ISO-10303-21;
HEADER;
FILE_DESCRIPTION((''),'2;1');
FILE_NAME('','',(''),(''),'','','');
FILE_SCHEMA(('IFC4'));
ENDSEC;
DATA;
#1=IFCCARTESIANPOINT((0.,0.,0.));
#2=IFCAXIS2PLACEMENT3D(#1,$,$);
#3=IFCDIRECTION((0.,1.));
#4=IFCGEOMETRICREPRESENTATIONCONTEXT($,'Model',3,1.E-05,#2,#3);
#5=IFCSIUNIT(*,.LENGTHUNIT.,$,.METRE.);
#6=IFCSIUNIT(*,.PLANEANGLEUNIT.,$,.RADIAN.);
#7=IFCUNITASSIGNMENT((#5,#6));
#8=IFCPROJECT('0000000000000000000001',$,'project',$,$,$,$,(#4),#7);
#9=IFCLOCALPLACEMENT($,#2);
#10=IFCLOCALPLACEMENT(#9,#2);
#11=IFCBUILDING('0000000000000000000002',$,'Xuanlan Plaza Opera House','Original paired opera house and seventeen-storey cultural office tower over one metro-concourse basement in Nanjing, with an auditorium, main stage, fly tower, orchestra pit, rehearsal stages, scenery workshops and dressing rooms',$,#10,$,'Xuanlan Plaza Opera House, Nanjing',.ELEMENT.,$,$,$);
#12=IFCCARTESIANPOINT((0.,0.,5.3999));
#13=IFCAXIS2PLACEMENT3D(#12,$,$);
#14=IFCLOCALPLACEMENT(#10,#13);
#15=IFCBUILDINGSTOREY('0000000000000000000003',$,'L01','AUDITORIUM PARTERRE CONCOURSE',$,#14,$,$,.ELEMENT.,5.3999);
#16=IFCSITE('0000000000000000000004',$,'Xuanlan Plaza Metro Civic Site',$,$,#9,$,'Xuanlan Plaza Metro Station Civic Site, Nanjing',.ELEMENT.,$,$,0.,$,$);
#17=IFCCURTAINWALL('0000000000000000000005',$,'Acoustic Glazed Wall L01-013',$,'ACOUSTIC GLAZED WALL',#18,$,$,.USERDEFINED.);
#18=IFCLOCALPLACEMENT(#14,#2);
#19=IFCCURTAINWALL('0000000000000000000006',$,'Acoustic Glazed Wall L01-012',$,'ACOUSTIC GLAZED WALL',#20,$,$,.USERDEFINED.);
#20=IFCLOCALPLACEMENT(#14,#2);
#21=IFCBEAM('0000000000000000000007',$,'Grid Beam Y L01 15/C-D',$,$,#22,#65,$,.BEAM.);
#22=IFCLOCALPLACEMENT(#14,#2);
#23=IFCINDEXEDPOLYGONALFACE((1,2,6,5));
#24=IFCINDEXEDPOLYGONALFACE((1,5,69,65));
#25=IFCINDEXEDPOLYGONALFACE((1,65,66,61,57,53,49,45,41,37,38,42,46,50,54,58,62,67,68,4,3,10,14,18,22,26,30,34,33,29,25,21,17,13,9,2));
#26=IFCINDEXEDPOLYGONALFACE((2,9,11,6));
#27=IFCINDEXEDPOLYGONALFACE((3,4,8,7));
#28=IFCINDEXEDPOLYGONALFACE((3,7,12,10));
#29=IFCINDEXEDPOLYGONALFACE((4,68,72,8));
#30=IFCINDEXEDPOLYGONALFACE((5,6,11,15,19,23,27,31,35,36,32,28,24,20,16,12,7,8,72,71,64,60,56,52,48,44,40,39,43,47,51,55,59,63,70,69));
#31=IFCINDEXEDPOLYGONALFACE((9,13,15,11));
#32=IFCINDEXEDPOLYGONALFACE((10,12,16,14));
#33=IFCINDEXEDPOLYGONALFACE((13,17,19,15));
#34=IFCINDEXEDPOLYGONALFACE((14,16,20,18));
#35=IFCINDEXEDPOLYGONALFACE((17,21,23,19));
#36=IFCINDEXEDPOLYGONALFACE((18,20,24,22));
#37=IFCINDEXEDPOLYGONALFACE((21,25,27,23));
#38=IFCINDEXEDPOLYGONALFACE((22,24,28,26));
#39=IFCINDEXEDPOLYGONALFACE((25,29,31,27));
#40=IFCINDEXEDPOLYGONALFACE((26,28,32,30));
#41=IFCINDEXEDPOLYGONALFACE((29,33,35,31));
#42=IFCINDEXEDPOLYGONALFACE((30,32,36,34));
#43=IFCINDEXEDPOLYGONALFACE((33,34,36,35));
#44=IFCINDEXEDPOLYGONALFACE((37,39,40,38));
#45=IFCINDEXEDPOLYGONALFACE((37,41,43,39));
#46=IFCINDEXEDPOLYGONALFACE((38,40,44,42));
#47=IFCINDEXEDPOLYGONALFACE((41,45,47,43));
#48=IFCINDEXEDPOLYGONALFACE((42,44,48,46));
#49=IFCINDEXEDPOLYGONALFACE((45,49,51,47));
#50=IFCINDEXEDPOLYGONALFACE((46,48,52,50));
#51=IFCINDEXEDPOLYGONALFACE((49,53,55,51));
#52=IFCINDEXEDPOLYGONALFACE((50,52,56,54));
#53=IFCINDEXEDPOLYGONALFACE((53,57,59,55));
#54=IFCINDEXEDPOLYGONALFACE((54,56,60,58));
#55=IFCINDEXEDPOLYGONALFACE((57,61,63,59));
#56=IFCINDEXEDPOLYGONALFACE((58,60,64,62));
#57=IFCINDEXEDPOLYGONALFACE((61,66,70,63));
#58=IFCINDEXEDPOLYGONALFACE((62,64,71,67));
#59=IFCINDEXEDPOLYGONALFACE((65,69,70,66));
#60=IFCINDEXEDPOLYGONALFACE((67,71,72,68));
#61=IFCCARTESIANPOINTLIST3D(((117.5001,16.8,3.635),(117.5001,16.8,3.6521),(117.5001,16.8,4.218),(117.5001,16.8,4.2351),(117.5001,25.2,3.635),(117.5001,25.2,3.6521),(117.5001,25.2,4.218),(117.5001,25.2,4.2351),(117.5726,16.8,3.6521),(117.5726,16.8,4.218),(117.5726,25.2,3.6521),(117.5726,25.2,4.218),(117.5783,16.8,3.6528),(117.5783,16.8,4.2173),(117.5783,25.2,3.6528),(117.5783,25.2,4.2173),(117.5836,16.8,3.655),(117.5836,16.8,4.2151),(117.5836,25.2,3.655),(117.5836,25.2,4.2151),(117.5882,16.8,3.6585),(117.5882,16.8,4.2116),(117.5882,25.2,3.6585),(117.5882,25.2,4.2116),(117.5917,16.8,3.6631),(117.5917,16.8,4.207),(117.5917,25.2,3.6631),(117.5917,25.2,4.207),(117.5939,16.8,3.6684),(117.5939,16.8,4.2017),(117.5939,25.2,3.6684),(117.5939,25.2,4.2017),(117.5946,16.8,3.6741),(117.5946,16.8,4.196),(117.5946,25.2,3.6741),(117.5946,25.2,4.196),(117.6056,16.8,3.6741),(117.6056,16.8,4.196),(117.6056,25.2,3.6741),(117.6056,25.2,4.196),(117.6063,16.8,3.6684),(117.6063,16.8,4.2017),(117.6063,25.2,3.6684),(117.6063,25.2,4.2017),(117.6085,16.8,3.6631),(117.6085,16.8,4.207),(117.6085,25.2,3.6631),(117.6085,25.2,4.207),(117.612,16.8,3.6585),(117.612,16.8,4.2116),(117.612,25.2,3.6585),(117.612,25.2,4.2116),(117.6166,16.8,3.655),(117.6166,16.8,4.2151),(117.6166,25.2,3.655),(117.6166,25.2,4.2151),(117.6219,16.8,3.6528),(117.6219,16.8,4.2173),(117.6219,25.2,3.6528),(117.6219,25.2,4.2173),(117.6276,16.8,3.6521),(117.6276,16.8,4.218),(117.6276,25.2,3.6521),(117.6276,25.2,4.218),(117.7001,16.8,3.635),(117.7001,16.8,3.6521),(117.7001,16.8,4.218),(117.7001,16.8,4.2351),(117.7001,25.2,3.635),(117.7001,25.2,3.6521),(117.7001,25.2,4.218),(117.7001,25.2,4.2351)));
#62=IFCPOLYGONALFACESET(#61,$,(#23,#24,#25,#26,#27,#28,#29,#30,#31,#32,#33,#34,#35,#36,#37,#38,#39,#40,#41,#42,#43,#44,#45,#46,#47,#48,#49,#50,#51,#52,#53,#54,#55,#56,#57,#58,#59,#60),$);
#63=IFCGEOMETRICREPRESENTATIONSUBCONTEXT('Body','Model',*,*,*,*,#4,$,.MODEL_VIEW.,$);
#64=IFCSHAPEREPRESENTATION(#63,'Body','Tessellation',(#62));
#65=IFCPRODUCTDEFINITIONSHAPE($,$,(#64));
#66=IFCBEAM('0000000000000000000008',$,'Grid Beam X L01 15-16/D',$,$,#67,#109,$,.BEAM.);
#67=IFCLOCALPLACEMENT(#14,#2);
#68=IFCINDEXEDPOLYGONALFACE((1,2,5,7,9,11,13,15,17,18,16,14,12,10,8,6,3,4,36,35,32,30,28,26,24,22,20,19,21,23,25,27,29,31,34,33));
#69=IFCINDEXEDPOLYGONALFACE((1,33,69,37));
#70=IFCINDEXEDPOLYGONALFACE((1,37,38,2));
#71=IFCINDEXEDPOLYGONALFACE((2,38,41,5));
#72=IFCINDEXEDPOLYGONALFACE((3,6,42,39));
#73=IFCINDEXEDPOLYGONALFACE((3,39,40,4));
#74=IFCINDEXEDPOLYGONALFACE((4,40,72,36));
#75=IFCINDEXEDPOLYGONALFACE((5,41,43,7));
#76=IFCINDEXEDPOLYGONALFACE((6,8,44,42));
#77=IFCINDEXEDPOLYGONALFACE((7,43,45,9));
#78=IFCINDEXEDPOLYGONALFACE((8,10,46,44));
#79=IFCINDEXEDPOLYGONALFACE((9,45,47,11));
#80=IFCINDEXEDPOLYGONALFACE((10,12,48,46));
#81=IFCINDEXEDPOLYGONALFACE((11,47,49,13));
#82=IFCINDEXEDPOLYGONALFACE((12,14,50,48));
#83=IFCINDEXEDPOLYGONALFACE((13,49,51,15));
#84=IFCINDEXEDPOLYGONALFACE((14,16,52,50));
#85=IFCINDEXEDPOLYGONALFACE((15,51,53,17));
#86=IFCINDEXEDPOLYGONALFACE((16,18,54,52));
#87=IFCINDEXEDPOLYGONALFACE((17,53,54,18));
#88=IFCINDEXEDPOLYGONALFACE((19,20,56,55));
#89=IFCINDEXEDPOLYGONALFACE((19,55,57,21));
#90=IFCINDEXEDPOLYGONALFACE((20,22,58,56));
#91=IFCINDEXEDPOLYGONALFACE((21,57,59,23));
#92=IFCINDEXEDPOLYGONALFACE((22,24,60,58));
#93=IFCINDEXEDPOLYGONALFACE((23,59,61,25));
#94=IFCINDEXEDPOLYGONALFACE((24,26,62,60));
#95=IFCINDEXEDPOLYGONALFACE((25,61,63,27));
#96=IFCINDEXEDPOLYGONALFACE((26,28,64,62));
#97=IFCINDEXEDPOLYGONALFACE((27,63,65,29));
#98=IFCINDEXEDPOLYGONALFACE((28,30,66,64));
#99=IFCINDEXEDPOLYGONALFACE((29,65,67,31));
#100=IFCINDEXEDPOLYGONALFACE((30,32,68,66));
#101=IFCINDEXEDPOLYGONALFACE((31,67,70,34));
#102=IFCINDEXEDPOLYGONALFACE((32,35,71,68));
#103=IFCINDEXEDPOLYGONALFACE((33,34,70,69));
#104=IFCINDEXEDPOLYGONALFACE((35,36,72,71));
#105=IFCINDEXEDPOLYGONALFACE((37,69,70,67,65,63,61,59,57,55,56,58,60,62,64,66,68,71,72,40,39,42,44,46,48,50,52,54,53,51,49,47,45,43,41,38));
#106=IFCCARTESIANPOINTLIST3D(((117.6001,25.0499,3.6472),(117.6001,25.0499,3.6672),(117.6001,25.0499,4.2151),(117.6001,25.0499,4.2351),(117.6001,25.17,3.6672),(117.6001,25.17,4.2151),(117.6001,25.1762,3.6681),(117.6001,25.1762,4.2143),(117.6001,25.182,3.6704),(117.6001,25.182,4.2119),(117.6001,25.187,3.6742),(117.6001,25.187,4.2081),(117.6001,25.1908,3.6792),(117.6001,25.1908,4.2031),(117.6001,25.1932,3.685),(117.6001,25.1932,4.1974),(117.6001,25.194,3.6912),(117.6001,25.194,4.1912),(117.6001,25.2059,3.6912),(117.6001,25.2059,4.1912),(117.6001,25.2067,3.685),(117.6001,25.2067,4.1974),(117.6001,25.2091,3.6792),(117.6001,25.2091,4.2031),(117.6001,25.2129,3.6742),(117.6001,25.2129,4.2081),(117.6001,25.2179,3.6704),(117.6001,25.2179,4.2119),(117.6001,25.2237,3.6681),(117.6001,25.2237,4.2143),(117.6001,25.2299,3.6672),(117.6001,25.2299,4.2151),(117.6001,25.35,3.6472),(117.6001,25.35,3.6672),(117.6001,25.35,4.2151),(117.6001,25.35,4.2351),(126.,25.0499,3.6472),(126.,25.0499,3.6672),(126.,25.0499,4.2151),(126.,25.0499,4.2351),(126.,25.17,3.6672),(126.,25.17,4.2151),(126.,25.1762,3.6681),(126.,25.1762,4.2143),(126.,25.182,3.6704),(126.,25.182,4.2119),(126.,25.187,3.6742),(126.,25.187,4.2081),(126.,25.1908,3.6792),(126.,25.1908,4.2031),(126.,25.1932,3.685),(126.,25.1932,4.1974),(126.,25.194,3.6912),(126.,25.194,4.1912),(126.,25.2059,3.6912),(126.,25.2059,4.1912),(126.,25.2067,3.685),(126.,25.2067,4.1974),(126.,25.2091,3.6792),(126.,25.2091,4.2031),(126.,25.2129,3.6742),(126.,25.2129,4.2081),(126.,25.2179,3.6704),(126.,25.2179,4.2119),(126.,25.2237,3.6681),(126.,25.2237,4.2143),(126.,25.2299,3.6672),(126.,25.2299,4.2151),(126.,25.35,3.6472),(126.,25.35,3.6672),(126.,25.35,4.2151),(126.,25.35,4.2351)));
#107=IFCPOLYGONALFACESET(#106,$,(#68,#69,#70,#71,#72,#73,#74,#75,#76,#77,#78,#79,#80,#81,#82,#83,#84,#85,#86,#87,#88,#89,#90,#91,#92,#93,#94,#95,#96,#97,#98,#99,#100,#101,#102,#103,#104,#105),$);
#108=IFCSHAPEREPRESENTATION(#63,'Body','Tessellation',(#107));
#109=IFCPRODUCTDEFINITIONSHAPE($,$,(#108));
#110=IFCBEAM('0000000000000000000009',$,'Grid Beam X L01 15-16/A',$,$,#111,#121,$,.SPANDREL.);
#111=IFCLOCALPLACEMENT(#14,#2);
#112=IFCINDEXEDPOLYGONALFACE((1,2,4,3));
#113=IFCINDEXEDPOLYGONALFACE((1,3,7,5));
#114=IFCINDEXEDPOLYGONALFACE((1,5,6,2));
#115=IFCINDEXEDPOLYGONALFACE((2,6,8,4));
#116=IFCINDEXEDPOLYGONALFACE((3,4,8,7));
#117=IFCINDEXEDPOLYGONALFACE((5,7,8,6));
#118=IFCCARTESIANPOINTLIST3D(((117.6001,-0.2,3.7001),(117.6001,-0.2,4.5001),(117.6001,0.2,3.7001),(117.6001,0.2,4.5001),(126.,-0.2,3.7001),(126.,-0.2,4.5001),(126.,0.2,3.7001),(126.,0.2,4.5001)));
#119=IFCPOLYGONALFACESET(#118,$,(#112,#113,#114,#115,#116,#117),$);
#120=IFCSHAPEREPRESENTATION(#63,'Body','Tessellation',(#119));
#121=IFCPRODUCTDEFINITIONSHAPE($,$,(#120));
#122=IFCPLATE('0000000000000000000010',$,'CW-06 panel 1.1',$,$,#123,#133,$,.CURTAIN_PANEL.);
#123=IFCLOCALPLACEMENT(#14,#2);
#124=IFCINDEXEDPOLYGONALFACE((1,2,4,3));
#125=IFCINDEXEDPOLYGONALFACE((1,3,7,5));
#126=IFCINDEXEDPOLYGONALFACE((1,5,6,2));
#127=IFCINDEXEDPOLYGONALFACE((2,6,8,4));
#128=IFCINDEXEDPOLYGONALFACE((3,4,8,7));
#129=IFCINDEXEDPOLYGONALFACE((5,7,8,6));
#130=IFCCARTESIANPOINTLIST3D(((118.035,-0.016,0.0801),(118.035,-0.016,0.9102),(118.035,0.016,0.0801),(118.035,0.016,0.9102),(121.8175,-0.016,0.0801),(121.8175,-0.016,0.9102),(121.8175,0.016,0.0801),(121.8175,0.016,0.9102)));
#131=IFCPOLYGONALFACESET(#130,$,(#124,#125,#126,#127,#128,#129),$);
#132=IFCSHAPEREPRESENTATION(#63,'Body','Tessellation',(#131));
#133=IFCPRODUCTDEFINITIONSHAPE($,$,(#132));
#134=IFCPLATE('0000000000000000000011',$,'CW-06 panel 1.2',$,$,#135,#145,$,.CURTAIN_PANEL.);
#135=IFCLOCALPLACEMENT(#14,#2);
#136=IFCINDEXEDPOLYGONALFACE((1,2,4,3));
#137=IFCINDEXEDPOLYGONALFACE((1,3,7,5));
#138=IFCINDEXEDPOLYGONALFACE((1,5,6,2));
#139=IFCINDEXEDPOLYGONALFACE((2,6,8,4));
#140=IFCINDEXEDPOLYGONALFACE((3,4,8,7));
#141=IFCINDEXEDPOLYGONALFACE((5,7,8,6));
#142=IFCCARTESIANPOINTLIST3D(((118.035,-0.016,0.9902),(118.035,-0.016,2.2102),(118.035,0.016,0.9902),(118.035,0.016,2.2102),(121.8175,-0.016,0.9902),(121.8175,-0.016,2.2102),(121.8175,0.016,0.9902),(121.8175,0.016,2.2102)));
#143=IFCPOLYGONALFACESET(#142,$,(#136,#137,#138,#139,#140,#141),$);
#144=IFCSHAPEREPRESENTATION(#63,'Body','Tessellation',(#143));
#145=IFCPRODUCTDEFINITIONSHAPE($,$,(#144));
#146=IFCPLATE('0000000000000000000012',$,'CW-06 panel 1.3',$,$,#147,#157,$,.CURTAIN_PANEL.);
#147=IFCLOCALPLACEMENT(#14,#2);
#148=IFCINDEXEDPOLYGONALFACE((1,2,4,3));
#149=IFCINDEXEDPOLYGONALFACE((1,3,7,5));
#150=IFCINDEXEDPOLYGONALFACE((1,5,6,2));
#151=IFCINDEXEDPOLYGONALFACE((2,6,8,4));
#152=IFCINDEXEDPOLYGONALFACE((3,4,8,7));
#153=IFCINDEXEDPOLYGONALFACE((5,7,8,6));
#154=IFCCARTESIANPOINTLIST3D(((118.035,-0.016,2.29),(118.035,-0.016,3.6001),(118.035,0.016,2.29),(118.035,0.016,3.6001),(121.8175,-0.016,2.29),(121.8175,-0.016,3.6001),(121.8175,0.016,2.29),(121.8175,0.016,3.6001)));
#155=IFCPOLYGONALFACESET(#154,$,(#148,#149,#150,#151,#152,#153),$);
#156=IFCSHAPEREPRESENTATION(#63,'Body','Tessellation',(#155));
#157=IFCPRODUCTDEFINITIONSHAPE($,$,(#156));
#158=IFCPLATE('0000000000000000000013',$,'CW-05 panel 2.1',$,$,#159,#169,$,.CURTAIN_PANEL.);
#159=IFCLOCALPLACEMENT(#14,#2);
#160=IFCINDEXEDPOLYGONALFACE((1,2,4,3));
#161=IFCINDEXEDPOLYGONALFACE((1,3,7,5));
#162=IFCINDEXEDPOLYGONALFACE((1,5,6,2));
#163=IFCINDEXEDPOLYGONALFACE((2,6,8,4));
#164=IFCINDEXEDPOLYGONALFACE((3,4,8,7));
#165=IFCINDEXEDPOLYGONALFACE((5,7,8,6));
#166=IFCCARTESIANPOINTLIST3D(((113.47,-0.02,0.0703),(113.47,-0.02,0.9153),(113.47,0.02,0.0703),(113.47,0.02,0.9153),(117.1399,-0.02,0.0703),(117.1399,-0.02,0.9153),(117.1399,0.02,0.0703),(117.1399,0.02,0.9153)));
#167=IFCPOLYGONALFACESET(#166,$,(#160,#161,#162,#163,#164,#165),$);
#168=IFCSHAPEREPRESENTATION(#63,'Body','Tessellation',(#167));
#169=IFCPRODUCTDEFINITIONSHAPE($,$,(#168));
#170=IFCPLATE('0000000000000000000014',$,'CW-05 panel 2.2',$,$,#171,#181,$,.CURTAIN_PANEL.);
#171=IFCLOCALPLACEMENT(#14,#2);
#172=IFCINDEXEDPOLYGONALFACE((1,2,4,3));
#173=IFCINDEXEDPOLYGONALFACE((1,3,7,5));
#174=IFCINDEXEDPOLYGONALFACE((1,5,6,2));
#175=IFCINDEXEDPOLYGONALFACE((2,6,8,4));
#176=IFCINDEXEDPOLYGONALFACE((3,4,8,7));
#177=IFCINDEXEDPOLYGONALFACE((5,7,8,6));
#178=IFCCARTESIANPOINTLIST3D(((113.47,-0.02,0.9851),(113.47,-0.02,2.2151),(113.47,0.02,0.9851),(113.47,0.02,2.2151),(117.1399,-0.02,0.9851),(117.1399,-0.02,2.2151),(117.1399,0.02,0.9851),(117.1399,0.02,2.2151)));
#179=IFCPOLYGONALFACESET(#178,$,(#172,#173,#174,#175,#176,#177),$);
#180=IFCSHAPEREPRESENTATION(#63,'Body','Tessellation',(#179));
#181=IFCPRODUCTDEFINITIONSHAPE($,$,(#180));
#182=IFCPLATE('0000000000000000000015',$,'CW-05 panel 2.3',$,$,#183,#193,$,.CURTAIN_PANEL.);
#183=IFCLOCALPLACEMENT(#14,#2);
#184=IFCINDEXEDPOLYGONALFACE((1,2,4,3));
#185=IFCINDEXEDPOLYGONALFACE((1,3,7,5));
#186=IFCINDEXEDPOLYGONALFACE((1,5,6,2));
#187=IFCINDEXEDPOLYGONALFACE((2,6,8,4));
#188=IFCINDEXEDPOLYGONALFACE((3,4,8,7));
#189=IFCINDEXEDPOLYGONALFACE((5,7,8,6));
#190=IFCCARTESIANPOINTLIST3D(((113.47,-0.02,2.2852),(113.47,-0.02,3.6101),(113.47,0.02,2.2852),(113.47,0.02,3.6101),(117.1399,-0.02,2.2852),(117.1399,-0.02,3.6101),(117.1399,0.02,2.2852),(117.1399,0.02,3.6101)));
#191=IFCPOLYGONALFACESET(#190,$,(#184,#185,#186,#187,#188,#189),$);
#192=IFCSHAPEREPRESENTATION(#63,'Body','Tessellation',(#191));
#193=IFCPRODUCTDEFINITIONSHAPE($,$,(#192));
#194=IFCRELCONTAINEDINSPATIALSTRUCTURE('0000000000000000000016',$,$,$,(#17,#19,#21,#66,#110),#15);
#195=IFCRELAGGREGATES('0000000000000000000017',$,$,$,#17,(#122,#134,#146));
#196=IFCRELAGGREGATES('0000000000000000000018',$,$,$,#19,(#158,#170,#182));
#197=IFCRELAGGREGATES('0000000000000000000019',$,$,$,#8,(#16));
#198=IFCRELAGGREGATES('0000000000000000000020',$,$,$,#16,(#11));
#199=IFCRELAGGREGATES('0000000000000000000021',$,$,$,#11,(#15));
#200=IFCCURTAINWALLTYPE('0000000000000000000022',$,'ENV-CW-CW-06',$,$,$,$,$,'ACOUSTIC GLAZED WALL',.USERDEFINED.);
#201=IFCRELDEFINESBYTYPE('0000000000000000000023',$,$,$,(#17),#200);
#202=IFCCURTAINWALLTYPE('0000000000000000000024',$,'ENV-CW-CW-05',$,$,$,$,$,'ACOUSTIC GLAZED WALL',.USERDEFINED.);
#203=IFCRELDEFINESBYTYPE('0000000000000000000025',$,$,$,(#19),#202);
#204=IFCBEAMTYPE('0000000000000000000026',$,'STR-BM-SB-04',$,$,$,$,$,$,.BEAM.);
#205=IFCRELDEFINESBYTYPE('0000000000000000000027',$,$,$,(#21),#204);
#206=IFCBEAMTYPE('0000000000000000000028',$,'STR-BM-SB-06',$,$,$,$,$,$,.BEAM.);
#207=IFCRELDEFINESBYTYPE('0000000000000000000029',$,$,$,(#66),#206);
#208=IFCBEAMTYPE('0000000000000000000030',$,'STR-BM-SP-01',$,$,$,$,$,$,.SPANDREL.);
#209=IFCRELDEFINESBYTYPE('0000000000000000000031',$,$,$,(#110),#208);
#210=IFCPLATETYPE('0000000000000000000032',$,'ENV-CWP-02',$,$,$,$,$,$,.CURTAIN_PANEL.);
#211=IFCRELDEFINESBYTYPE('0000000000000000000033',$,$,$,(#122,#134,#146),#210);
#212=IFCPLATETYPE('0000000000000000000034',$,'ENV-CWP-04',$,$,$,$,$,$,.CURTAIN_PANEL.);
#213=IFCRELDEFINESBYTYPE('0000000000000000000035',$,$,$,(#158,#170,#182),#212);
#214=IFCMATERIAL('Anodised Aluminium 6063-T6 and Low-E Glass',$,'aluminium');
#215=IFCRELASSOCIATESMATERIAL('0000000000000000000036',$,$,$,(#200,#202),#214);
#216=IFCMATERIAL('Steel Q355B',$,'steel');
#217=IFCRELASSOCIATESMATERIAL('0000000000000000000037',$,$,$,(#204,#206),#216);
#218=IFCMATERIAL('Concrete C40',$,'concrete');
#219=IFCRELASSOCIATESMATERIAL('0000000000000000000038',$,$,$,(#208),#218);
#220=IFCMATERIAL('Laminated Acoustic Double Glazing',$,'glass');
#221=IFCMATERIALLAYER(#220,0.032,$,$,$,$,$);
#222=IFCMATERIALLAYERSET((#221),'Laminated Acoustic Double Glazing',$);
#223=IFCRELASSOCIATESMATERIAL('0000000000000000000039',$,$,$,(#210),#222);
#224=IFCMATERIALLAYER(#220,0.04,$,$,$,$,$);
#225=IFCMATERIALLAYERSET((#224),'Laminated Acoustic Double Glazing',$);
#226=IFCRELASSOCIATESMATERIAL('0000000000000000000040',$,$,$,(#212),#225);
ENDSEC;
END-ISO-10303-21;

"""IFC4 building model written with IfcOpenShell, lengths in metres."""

from ifc_helpers import new_model, si_unit, direction, frame, origin, origin_2d, place, context, subcontext, project, spatial, rectangle, i_section, extrude, material, layer, layer_set, material_profile, profile_set, type_object, element, aggregate, save


model = new_model("IFC4")

# Units and contexts
model_context = context("Model", 3, precision=1e-05, world=origin(), true_north=direction((0.0, 1.0)))
body_context = subcontext(model_context, "Body", "Model", "MODEL_VIEW")
ifc_project = project(units=[si_unit("LENGTHUNIT", "METRE"), si_unit("PLANEANGLEUNIT", "RADIAN")], contexts=[model_context])

# Site, building, storey
site_placement = place(None, origin())
site = spatial("IfcSite", under=ifc_project, at=site_placement, Name="Xuanlan Plaza Metro Civic Site", LongName="Xuanlan Plaza Metro Station Civic Site, Nanjing", CompositionType="ELEMENT", RefElevation=0.0)
building_placement = place(site_placement, origin())
building = spatial("IfcBuilding", under=site, at=building_placement, Name="Xuanlan Plaza Opera House", Description="Original paired opera house and seventeen-storey cultural office tower over one metro-concourse basement in Nanjing, with an auditorium, main stage, fly tower, orchestra pit, rehearsal stages, scenery workshops and dressing rooms", LongName="Xuanlan Plaza Opera House, Nanjing", CompositionType="ELEMENT")
storey_placement = place(building_placement, frame((0.0, 0.0, 5.3999)))
storey = spatial("IfcBuildingStorey", under=building, at=storey_placement, Name="L01", Description="AUDITORIUM PARTERRE CONCOURSE", CompositionType="ELEMENT", Elevation=5.3999)

# Shared definitions
ifc_material_1 = material(Name="Concrete C40", Category="concrete")

# Curtain wall
ifc_material_2 = material(Name="Anodised Aluminium 6063-T6 and Low-E Glass", Category="aluminium")
curtain_wall_type_1 = type_object("IfcCurtainWallType", Name="ENV-CW-CW-06", ElementType="ACOUSTIC GLAZED WALL", PredefinedType="USERDEFINED", material=ifc_material_2)
curtain_wall_1_placement = place(storey_placement, origin())
curtain_wall_1 = element("IfcCurtainWall", 1, at=curtain_wall_1_placement, inside=storey, type_object=curtain_wall_type_1, Name="Acoustic Glazed Wall L01-013", ObjectType="ACOUSTIC GLAZED WALL", PredefinedType="USERDEFINED")

# Curtain wall
curtain_wall_type_2 = type_object("IfcCurtainWallType", Name="ENV-CW-CW-05", ElementType="ACOUSTIC GLAZED WALL", PredefinedType="USERDEFINED", material=ifc_material_2)
curtain_wall_2_placement = place(storey_placement, origin())
curtain_wall_2 = element("IfcCurtainWall", 2, at=curtain_wall_2_placement, inside=storey, type_object=curtain_wall_type_2, Name="Acoustic Glazed Wall L01-012", ObjectType="ACOUSTIC GLAZED WALL", PredefinedType="USERDEFINED")

# Beams
ifc_material_3 = material(Name="Steel Q355B", Category="steel")
ifc_material_profile_1 = material_profile(ifc_material_3, i_section(OverallWidth=0.2, OverallDepth=0.6001, WebThickness=0.011, FlangeThickness=0.0171, FilletRadius=0.022, at=origin_2d()), Name="HN 600x200x11x17")
ifc_profile_set_1 = profile_set([ifc_material_profile_1], Name="Steel Q355B")
beam_type_1 = type_object("IfcBeamType", Name="STR-BM-SB-04", PredefinedType="BEAM", material=ifc_profile_set_1)
beam_1_placement = place(storey_placement, frame((117.6001, 16.8, 3.9351), z_axis=(0.0, 1.0, 0.0), x_axis=(-1.0, 0.0, 0.0)))
element("IfcBeam", 3, at=beam_1_placement, inside=storey, type_object=beam_type_1, Name="Grid Beam Y L01 15/C-D", PredefinedType="BEAM", context=body_context, shape_type="SweptSolid", body=[
    extrude(i_section(OverallWidth=0.2, OverallDepth=0.6001, WebThickness=0.011, FlangeThickness=0.0171, FilletRadius=0.022, at=origin_2d()), origin(), (0.0, 0.0, 1.0), 8.3999),
])
ifc_material_profile_2 = material_profile(ifc_material_3, i_section(OverallWidth=0.3, OverallDepth=0.5879, WebThickness=0.012, FlangeThickness=0.02, FilletRadius=0.0239, at=origin_2d()), Name="HM 588x300x12x20")
ifc_profile_set_2 = profile_set([ifc_material_profile_2], Name="Steel Q355B")
beam_type_2 = type_object("IfcBeamType", Name="STR-BM-SB-06", PredefinedType="BEAM", material=ifc_profile_set_2)
beam_2_placement = place(storey_placement, frame((117.6001, 25.2, 3.9412), z_axis=(1.0, 0.0, 0.0), x_axis=(0.0, 1.0, 0.0)))
element("IfcBeam", 4, at=beam_2_placement, inside=storey, type_object=beam_type_2, Name="Grid Beam X L01 15-16/D", PredefinedType="BEAM", context=body_context, shape_type="SweptSolid", body=[
    extrude(i_section(OverallWidth=0.3, OverallDepth=0.5879, WebThickness=0.012, FlangeThickness=0.02, FilletRadius=0.0239, at=origin_2d()), origin(), (0.0, 0.0, 1.0), 8.3999),
])
ifc_material_profile_3 = material_profile(ifc_material_1, rectangle(XDim=0.3999, YDim=0.8, at=origin_2d()), Name="RC-SPD 400x800")
ifc_profile_set_3 = profile_set([ifc_material_profile_3], Name="Concrete C40")
beam_type_3 = type_object("IfcBeamType", Name="STR-BM-SP-01", PredefinedType="SPANDREL", material=ifc_profile_set_3)
beam_3_placement = place(storey_placement, frame((117.6001, 0.0, 4.1001), z_axis=(1.0, 0.0, 0.0), x_axis=(0.0, 1.0, 0.0)))
element("IfcBeam", 5, at=beam_3_placement, inside=storey, type_object=beam_type_3, Name="Grid Beam X L01 15-16/A", PredefinedType="SPANDREL", context=body_context, shape_type="SweptSolid", body=[
    extrude(rectangle(XDim=0.3999, YDim=0.8, at=origin_2d()), origin(), (0.0, 0.0, 1.0), 8.3999),
])

# Plates
ifc_material_4 = material(Name="Laminated Acoustic Double Glazing", Category="glass")
ifc_layer_1 = layer(ifc_material_4, 0.032)
ifc_layer_set_1 = layer_set([ifc_layer_1], Name="Laminated Acoustic Double Glazing")
plate_type_1 = type_object("IfcPlateType", Name="ENV-CWP-02", PredefinedType="CURTAIN_PANEL", material=ifc_layer_set_1)
plate_1_placement = place(storey_placement, frame((119.9263, 0.0, 0.0801), z_axis=(0.0, 0.0, 1.0), x_axis=(1.0, 0.0, 0.0)))
plate_1 = element("IfcPlate", 6, at=plate_1_placement, type_object=plate_type_1, Name="CW-06 panel 1.1", PredefinedType="CURTAIN_PANEL", context=body_context, shape_type="SweptSolid", body=[
    extrude(rectangle(XDim=3.7825, YDim=0.032, at=origin_2d()), origin(), (0.0, 0.0, 1.0), 0.8301),
])
plate_2_placement = place(storey_placement, frame((119.9263, 0.0, 0.9902), z_axis=(0.0, 0.0, 1.0), x_axis=(1.0, 0.0, 0.0)))
plate_2 = element("IfcPlate", 7, at=plate_2_placement, type_object=plate_type_1, Name="CW-06 panel 1.2", PredefinedType="CURTAIN_PANEL", context=body_context, shape_type="SweptSolid", body=[
    extrude(rectangle(XDim=3.7825, YDim=0.032, at=origin_2d()), origin(), (0.0, 0.0, 1.0), 1.22),
])
plate_3_placement = place(storey_placement, frame((119.9263, 0.0, 2.29), z_axis=(0.0, 0.0, 1.0), x_axis=(1.0, 0.0, 0.0)))
plate_3 = element("IfcPlate", 8, at=plate_3_placement, type_object=plate_type_1, Name="CW-06 panel 1.3", PredefinedType="CURTAIN_PANEL", context=body_context, shape_type="SweptSolid", body=[
    extrude(rectangle(XDim=3.7825, YDim=0.032, at=origin_2d()), origin(), (0.0, 0.0, 1.0), 1.3101),
])
aggregate(curtain_wall_1, [plate_1, plate_2, plate_3])
ifc_layer_2 = layer(ifc_material_4, 0.04)
ifc_layer_set_2 = layer_set([ifc_layer_2], Name="Laminated Acoustic Double Glazing")
plate_type_2 = type_object("IfcPlateType", Name="ENV-CWP-04", PredefinedType="CURTAIN_PANEL", material=ifc_layer_set_2)
plate_4_placement = place(storey_placement, frame((115.3049, 0.0, 0.0703), z_axis=(0.0, 0.0, 1.0), x_axis=(1.0, 0.0, 0.0)))
plate_4 = element("IfcPlate", 9, at=plate_4_placement, type_object=plate_type_2, Name="CW-05 panel 2.1", PredefinedType="CURTAIN_PANEL", context=body_context, shape_type="SweptSolid", body=[
    extrude(rectangle(XDim=3.6699, YDim=0.04, at=origin_2d()), origin(), (0.0, 0.0, 1.0), 0.845),
])
plate_5_placement = place(storey_placement, frame((115.3049, 0.0, 0.9851), z_axis=(0.0, 0.0, 1.0), x_axis=(1.0, 0.0, 0.0)))
plate_5 = element("IfcPlate", 10, at=plate_5_placement, type_object=plate_type_2, Name="CW-05 panel 2.2", PredefinedType="CURTAIN_PANEL", context=body_context, shape_type="SweptSolid", body=[
    extrude(rectangle(XDim=3.6699, YDim=0.04, at=origin_2d()), origin(), (0.0, 0.0, 1.0), 1.23),
])
plate_6_placement = place(storey_placement, frame((115.3049, 0.0, 2.2852), z_axis=(0.0, 0.0, 1.0), x_axis=(1.0, 0.0, 0.0)))
plate_6 = element("IfcPlate", 11, at=plate_6_placement, type_object=plate_type_2, Name="CW-05 panel 2.3", PredefinedType="CURTAIN_PANEL", context=body_context, shape_type="SweptSolid", body=[
    extrude(rectangle(XDim=3.6699, YDim=0.04, at=origin_2d()), origin(), (0.0, 0.0, 1.0), 1.325),
])
aggregate(curtain_wall_2, [plate_4, plate_5, plate_6])

save(model, "model.ifc")
